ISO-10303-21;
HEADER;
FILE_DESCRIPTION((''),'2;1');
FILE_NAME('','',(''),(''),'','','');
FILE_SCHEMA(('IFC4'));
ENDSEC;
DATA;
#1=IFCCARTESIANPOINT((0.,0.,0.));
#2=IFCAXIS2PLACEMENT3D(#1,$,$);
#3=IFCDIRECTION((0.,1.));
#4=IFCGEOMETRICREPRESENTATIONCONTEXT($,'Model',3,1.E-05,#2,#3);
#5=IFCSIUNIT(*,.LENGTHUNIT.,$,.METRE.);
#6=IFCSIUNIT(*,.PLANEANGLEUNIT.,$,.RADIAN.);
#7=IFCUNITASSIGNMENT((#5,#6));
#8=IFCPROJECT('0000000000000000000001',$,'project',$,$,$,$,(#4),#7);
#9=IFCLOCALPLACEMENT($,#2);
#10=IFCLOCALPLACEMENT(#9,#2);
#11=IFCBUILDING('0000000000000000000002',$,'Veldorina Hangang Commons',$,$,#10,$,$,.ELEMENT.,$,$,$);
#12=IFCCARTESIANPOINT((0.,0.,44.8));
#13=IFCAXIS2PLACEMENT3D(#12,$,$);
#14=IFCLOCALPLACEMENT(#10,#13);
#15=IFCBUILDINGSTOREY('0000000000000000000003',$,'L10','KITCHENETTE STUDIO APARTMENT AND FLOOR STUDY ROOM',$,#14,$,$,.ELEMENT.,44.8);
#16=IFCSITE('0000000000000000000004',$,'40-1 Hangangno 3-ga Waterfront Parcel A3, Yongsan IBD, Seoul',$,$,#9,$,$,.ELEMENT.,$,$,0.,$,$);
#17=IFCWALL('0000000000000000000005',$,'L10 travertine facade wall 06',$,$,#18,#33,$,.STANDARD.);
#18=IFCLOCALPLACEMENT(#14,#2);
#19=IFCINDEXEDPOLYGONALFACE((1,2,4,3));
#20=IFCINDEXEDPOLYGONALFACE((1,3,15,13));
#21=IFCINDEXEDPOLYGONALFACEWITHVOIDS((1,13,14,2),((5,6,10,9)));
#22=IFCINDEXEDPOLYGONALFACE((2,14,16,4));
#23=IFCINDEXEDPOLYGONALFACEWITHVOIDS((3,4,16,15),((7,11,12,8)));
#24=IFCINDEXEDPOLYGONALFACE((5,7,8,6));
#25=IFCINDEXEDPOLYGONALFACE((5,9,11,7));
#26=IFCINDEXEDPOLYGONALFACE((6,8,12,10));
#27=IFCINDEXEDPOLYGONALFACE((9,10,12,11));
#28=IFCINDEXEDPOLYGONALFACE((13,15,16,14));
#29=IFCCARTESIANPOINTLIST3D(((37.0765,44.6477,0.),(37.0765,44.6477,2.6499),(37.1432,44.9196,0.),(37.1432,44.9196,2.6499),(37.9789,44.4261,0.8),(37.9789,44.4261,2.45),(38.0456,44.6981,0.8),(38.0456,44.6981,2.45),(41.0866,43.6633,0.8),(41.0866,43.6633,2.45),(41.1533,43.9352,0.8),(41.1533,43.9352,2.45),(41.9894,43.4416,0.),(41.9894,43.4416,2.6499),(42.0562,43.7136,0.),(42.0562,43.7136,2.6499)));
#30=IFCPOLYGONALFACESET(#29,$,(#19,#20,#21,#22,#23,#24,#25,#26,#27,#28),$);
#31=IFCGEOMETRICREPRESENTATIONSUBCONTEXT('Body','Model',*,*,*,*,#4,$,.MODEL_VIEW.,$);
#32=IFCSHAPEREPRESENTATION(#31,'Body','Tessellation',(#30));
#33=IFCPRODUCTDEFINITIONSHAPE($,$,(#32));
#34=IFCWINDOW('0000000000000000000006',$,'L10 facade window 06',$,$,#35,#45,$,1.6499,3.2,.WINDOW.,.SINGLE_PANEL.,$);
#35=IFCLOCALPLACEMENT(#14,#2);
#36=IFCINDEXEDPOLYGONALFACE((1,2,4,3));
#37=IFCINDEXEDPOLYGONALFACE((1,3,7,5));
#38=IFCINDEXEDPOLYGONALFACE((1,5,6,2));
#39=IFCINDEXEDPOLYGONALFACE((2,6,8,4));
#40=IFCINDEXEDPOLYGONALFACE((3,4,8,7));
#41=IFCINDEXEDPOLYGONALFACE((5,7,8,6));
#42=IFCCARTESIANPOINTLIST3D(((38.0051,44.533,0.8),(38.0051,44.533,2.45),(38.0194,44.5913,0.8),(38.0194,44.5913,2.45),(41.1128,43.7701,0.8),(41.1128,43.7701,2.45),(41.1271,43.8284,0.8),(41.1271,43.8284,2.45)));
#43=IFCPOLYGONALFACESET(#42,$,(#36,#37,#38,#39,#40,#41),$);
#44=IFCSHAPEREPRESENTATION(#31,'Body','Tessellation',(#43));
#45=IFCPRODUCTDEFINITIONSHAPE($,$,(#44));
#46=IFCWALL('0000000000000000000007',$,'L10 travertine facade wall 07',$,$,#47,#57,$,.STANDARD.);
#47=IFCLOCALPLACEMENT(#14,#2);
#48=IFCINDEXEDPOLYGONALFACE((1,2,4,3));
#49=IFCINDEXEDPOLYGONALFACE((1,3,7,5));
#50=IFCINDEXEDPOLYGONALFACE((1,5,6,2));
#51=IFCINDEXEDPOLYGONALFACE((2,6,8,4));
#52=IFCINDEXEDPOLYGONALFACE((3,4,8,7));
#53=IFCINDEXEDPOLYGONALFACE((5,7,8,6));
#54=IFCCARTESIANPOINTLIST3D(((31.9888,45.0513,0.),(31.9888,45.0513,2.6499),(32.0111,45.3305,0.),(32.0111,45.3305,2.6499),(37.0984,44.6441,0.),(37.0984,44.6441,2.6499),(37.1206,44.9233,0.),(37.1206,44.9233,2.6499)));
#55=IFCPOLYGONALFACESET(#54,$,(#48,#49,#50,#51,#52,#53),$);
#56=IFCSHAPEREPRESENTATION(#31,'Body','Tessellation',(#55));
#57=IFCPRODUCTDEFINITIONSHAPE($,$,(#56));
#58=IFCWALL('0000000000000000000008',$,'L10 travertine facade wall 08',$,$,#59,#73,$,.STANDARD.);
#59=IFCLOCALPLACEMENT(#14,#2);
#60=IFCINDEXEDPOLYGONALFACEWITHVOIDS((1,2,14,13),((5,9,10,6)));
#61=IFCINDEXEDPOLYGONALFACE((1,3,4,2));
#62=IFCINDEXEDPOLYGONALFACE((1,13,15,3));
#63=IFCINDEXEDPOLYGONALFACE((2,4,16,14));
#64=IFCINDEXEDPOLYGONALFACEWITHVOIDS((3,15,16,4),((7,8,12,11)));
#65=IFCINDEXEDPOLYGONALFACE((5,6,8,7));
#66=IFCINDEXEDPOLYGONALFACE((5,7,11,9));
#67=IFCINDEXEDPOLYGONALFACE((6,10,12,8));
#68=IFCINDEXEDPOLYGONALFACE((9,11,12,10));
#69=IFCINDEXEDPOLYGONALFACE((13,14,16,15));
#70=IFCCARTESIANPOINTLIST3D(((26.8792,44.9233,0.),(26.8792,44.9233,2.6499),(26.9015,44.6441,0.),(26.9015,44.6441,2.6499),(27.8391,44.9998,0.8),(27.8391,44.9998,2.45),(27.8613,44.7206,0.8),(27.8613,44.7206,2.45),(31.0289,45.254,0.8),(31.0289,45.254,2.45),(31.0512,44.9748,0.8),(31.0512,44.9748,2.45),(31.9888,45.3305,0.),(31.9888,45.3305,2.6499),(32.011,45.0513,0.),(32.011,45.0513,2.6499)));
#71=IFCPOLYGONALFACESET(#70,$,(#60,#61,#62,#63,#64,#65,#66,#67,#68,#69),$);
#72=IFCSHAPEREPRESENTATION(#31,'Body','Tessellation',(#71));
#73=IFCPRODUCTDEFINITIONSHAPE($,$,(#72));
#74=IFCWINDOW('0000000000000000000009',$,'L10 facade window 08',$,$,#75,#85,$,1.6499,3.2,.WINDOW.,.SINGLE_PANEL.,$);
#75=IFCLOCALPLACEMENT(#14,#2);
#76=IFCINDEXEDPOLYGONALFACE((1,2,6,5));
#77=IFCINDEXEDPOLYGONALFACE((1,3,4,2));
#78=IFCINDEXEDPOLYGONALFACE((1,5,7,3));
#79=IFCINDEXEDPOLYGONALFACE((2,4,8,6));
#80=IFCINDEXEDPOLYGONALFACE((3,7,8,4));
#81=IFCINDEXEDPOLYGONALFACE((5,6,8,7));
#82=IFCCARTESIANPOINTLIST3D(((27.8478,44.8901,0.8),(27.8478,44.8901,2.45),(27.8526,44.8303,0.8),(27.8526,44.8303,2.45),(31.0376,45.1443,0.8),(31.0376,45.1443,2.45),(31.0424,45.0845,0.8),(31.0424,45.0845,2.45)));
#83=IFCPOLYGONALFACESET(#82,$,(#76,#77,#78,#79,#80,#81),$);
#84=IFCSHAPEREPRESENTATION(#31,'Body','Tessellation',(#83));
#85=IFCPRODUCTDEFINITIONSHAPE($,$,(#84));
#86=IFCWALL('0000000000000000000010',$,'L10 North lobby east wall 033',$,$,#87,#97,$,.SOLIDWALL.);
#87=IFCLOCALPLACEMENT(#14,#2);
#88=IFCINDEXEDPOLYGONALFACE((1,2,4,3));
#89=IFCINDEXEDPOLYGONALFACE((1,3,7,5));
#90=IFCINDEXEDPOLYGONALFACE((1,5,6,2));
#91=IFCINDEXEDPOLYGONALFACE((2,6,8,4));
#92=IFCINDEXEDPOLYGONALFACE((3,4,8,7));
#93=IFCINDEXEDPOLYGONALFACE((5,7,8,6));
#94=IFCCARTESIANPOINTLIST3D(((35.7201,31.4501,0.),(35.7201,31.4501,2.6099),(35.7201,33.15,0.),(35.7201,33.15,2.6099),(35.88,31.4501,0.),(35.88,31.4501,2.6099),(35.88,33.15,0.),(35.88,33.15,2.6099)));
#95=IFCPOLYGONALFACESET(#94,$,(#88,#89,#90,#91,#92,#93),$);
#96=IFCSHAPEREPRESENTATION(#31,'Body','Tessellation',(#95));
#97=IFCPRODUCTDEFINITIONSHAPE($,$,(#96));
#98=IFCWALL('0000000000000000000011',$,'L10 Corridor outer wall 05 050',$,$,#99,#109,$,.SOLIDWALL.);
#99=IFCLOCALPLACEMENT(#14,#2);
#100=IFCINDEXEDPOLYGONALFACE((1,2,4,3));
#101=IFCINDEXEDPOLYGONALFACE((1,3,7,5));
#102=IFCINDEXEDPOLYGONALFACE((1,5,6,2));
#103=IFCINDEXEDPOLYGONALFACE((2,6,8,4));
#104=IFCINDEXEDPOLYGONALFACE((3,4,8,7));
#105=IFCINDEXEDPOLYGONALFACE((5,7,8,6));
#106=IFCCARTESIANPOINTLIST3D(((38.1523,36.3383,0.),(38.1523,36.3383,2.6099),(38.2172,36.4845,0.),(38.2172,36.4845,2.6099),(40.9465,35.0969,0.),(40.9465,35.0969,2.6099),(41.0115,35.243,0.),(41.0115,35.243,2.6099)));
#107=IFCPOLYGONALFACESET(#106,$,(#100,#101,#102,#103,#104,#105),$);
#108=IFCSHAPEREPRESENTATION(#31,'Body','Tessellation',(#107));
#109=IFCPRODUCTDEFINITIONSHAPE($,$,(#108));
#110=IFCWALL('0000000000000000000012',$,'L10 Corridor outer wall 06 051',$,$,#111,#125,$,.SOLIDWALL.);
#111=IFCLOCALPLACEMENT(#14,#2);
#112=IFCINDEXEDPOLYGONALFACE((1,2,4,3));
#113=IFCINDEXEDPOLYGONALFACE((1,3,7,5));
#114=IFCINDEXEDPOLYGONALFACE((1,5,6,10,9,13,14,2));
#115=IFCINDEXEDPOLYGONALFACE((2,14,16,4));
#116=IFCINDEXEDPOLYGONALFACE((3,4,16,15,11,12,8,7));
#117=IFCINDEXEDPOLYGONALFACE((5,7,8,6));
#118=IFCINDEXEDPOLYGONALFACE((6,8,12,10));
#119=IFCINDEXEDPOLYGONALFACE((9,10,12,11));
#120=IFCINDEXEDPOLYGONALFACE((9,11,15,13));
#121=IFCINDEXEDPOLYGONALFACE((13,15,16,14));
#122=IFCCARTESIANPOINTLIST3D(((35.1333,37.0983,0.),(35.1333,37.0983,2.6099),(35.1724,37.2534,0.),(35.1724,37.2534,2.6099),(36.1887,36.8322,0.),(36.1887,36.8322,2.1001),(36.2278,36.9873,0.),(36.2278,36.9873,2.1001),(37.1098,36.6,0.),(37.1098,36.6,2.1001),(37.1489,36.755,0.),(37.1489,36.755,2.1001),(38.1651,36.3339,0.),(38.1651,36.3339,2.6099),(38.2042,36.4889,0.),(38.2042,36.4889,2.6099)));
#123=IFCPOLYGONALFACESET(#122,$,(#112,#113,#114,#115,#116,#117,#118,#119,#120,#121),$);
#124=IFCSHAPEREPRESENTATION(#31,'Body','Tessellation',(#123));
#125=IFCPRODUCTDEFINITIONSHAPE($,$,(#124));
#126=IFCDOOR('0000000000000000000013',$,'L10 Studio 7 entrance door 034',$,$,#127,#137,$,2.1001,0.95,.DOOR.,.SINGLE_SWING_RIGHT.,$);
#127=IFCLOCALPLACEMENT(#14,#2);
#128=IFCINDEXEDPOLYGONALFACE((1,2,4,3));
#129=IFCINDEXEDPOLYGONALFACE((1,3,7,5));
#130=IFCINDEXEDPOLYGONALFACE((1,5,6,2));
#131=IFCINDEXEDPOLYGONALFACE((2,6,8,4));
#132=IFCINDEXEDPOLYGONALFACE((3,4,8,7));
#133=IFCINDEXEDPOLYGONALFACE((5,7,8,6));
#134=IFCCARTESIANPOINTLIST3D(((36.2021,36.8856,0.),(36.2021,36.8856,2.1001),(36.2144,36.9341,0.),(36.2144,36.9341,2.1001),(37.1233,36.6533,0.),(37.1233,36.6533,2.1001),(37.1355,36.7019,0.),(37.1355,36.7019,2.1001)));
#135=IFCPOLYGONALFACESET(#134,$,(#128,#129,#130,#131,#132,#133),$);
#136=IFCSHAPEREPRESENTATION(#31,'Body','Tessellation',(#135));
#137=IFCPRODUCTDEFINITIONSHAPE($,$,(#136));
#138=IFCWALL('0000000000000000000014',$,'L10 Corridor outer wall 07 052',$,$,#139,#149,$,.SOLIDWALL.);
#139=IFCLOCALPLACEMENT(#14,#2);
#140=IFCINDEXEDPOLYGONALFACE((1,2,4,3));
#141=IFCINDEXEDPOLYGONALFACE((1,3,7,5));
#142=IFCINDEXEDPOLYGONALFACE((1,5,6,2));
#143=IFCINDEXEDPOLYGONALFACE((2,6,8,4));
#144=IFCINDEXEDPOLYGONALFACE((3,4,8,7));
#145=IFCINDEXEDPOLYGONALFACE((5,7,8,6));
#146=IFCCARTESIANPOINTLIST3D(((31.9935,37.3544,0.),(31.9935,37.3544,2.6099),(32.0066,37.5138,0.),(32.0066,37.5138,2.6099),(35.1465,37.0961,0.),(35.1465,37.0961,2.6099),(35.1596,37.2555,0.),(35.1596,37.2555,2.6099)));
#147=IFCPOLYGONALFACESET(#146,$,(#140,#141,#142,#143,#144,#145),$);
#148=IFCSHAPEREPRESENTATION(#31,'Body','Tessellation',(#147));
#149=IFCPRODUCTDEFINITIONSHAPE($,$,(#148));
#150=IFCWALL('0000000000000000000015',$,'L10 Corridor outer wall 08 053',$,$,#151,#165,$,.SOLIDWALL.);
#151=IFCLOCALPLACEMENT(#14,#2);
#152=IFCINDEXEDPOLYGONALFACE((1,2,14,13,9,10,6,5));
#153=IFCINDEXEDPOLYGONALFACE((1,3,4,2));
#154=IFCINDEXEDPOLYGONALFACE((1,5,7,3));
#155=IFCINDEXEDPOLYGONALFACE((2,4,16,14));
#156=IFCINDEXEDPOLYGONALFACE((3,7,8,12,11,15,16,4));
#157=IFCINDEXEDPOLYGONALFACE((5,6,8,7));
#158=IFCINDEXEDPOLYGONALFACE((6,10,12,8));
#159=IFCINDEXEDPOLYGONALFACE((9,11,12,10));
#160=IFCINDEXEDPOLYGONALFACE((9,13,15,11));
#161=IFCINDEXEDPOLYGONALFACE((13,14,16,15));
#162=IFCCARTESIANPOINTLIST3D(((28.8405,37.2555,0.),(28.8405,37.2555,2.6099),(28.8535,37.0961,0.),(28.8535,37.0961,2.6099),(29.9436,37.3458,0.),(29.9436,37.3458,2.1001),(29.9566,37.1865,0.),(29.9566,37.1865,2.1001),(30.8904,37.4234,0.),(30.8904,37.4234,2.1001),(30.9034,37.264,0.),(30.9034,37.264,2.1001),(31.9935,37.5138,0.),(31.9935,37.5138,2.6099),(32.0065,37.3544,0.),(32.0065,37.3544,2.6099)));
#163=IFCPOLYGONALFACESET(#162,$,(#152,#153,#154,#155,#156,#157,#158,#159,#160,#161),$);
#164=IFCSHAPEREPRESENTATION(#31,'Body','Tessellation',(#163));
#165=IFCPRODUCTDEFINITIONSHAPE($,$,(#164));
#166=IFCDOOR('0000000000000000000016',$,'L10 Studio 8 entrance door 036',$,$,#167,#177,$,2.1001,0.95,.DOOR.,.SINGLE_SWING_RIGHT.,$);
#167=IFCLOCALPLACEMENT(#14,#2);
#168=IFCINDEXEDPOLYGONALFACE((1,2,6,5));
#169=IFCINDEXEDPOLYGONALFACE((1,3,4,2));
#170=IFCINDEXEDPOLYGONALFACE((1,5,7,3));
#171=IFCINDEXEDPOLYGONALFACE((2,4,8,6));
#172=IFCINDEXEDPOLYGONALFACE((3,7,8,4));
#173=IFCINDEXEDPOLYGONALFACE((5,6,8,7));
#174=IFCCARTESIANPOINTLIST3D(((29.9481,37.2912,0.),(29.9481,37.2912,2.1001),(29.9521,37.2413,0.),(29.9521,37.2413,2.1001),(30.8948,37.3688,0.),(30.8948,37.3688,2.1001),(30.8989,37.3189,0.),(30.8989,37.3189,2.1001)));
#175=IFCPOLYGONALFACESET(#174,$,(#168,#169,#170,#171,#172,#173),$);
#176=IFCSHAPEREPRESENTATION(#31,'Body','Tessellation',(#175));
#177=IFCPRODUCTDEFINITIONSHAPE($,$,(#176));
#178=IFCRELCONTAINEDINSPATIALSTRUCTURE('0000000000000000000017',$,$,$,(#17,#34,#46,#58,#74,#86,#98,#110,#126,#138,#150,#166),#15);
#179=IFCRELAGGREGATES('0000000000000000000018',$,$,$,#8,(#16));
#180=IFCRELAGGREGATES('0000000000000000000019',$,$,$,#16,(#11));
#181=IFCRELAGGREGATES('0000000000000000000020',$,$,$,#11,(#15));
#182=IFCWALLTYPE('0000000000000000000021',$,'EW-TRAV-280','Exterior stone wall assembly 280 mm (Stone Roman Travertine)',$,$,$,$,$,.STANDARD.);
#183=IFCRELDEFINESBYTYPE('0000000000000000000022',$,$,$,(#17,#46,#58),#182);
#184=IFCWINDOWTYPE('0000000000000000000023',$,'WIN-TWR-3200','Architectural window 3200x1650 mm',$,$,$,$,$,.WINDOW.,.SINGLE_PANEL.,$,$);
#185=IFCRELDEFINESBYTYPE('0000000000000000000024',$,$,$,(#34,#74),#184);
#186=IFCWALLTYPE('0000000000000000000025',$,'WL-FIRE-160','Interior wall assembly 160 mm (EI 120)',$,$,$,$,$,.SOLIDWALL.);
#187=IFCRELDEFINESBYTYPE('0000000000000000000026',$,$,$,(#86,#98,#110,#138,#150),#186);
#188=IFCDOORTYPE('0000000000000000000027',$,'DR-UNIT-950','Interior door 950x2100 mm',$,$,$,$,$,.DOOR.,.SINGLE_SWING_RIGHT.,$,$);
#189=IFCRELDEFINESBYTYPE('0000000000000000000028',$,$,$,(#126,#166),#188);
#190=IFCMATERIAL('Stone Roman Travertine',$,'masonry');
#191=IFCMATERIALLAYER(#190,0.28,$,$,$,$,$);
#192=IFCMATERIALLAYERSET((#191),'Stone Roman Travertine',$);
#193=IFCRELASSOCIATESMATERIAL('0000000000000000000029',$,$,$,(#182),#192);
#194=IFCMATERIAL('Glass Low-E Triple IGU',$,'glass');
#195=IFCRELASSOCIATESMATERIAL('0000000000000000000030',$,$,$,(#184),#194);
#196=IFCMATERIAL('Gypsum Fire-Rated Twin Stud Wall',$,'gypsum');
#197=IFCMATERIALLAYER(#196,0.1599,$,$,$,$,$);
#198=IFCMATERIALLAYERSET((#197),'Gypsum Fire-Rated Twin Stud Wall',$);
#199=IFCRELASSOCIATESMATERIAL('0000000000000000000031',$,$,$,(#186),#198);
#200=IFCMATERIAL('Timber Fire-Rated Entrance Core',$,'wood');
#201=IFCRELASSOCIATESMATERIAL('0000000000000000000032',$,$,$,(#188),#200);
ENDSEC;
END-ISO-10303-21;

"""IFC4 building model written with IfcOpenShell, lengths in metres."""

from ifc_helpers import new_model, si_unit, direction, frame, frame_2d, origin, place, context, subcontext, project, spatial, rectangle, extrude, material, layer, layer_set, type_object, element, fill, save


model = new_model("IFC4")

# Units and contexts
model_context = context("Model", 3, precision=1e-05, world=origin(), true_north=direction((0.0, 1.0)))
body_context = subcontext(model_context, "Body", "Model", "MODEL_VIEW")
ifc_project = project(units=[si_unit("LENGTHUNIT", "METRE"), si_unit("PLANEANGLEUNIT", "RADIAN")], contexts=[model_context])

# Site, building, storey
site_placement = place(None, origin())
site = spatial("IfcSite", under=ifc_project, at=site_placement, Name="40-1 Hangangno 3-ga Waterfront Parcel A3, Yongsan IBD, Seoul", CompositionType="ELEMENT", RefElevation=0.0)
building_placement = place(site_placement, origin())
building = spatial("IfcBuilding", under=site, at=building_placement, Name="Veldorina Hangang Commons", CompositionType="ELEMENT")
storey_placement = place(building_placement, frame((0.0, 0.0, 44.8)))
storey = spatial("IfcBuildingStorey", under=building, at=storey_placement, Name="L10", Description="KITCHENETTE STUDIO APARTMENT AND FLOOR STUDY ROOM", CompositionType="ELEMENT", Elevation=44.8)

# Wall, opening, window
ifc_material_1 = material(Name="Stone Roman Travertine", Category="masonry")
ifc_layer_1 = layer(ifc_material_1, 0.28)
ifc_layer_set_1 = layer_set([ifc_layer_1], Name="Stone Roman Travertine")
wall_type_1 = type_object("IfcWallType", Name="EW-TRAV-280", Description="Exterior stone wall assembly 280 mm (Stone Roman Travertine)", PredefinedType="STANDARD", material=ifc_layer_set_1)
wall_1_placement = place(storey_placement, frame((42.0227, 43.5776, 0.0), z_axis=(0.0, 0.0, 1.0), x_axis=(-0.971167, 0.2384, 0.0)))
wall_1 = element("IfcWall", 1, at=wall_1_placement, inside=storey, type_object=wall_type_1, Name="L10 travertine facade wall 06", PredefinedType="STANDARD", context=body_context, shape_type="SweptSolid", body=[
    extrude(rectangle(XDim=5.0588, YDim=0.28, at=frame_2d((2.5293, 0.0))), origin(), (0.0, 0.0, 1.0), 2.6499),
])
opening_1_placement = place(wall_1_placement, frame((0.9294, 0.0, 0.8)))
opening_1 = element("IfcOpeningElement", 2, at=opening_1_placement, cuts=wall_1, PredefinedType="OPENING", context=body_context, shape_type="SweptSolid", body=[
    extrude(rectangle(XDim=3.2, YDim=1.6499, at=frame_2d((1.6001, 0.825))), frame((0.0, 0.1499, 0.0), z_axis=(0.0, -1.0, 0.0), x_axis=(1.0, 0.0, 0.0)), (0.0, 0.0, 1.0), 0.3),
])
ifc_material_2 = material(Name="Glass Low-E Triple IGU", Category="glass")
window_type = type_object("IfcWindowType", Name="WIN-TWR-3200", Description="Architectural window 3200x1650 mm", PartitioningType="SINGLE_PANEL", PredefinedType="WINDOW", material=ifc_material_2)
window_1_placement = place(opening_1_placement, origin())
window_1 = element("IfcWindow", 3, at=window_1_placement, inside=storey, type_object=window_type, Name="L10 facade window 06", OverallHeight=1.6499, OverallWidth=3.2, PartitioningType="SINGLE_PANEL", PredefinedType="WINDOW", context=body_context, shape_type="SweptSolid", body=[
    extrude(rectangle(XDim=3.2, YDim=1.6499, at=frame_2d((1.6001, 0.825))), frame((0.0, 0.03, 0.0), z_axis=(0.0, -1.0, 0.0), x_axis=(1.0, 0.0, 0.0)), (0.0, 0.0, 1.0), 0.0601),
])
fill(opening_1, window_1)

# Wall
wall_2_placement = place(storey_placement, frame((37.1096, 44.7837, 0.0), z_axis=(0.0, 0.0, 1.0), x_axis=(-0.996839, 0.079446, 0.0)))
element("IfcWall", 4, at=wall_2_placement, inside=storey, type_object=wall_type_1, Name="L10 travertine facade wall 07", PredefinedType="STANDARD", context=body_context, shape_type="SweptSolid", body=[
    extrude(rectangle(XDim=5.1257, YDim=0.28, at=frame_2d((2.563, 0.0))), origin(), (0.0, 0.0, 1.0), 2.6499),
])

# Wall, opening, window
wall_3_placement = place(storey_placement, frame((32.0, 45.1909, 0.0), z_axis=(0.0, 0.0, 1.0), x_axis=(-0.996839, -0.079446, 0.0)))
wall_3 = element("IfcWall", 5, at=wall_3_placement, inside=storey, type_object=wall_type_1, Name="L10 travertine facade wall 08", PredefinedType="STANDARD", context=body_context, shape_type="SweptSolid", body=[
    extrude(rectangle(XDim=5.1257, YDim=0.28, at=frame_2d((2.563, 0.0))), origin(), (0.0, 0.0, 1.0), 2.6499),
])
opening_2_placement = place(wall_3_placement, frame((0.9629, 0.0, 0.8)))
opening_2 = element("IfcOpeningElement", 6, at=opening_2_placement, cuts=wall_3, PredefinedType="OPENING", context=body_context, shape_type="SweptSolid", body=[
    extrude(rectangle(XDim=3.2, YDim=1.6499, at=frame_2d((1.6001, 0.825))), frame((0.0, 0.1499, 0.0), z_axis=(0.0, -1.0, 0.0), x_axis=(1.0, 0.0, 0.0)), (0.0, 0.0, 1.0), 0.3),
])
window_2_placement = place(opening_2_placement, origin())
window_2 = element("IfcWindow", 7, at=window_2_placement, inside=storey, type_object=window_type, Name="L10 facade window 08", OverallHeight=1.6499, OverallWidth=3.2, PartitioningType="SINGLE_PANEL", PredefinedType="WINDOW", context=body_context, shape_type="SweptSolid", body=[
    extrude(rectangle(XDim=3.2, YDim=1.6499, at=frame_2d((1.6001, 0.825))), frame((0.0, 0.03, 0.0), z_axis=(0.0, -1.0, 0.0), x_axis=(1.0, 0.0, 0.0)), (0.0, 0.0, 1.0), 0.0601),
])
fill(opening_2, window_2)

# Walls
ifc_material_3 = material(Name="Gypsum Fire-Rated Twin Stud Wall", Category="gypsum")
ifc_layer_2 = layer(ifc_material_3, 0.1599)
ifc_layer_set_2 = layer_set([ifc_layer_2], Name="Gypsum Fire-Rated Twin Stud Wall")
wall_type_2 = type_object("IfcWallType", Name="WL-FIRE-160", Description="Interior wall assembly 160 mm (EI 120)", PredefinedType="SOLIDWALL", material=ifc_layer_set_2)
wall_4_placement = place(storey_placement, frame((35.8, 31.45, 0.0), z_axis=(0.0, 0.0, 1.0), x_axis=(0.0, 1.0, 0.0)))
element("IfcWall", 8, at=wall_4_placement, inside=storey, type_object=wall_type_2, Name="L10 North lobby east wall 033", PredefinedType="SOLIDWALL", context=body_context, shape_type="SweptSolid", body=[
    extrude(rectangle(XDim=1.7, YDim=0.1599, at=frame_2d((0.8501, 0.0))), origin(), (0.0, 0.0, 1.0), 2.6099),
])
wall_5_placement = place(storey_placement, frame((40.979, 35.1699, 0.0), z_axis=(0.0, 0.0, 1.0), x_axis=(-0.913861, 0.406027, 0.0)))
element("IfcWall", 9, at=wall_5_placement, inside=storey, type_object=wall_type_2, Name="L10 Corridor outer wall 05 050", PredefinedType="SOLIDWALL", context=body_context, shape_type="SweptSolid", body=[
    extrude(rectangle(XDim=3.0576, YDim=0.1599, at=frame_2d((1.5288, 0.0))), origin(), (0.0, 0.0, 1.0), 2.6099),
])

# Wall, opening, door
wall_6_placement = place(storey_placement, frame((38.1848, 36.4114, 0.0), z_axis=(0.0, 0.0, 1.0), x_axis=(-0.969654, 0.244483, 0.0)))
wall_6 = element("IfcWall", 10, at=wall_6_placement, inside=storey, type_object=wall_type_2, Name="L10 Corridor outer wall 06 051", PredefinedType="SOLIDWALL", context=body_context, shape_type="SweptSolid", body=[
    extrude(rectangle(XDim=3.1267, YDim=0.1599, at=frame_2d((1.5635, 0.0))), origin(), (0.0, 0.0, 1.0), 2.6099),
])
opening_3_placement = place(wall_6_placement, frame((1.0884, 0.0, 0.0)))
opening_3 = element("IfcOpeningElement", 11, at=opening_3_placement, cuts=wall_6, PredefinedType="OPENING", context=body_context, shape_type="SweptSolid", body=[
    extrude(rectangle(XDim=0.95, YDim=2.1001, at=frame_2d((0.4751, 1.05))), frame((0.0, 0.0898, 0.0), z_axis=(0.0, -1.0, 0.0), x_axis=(1.0, 0.0, 0.0)), (0.0, 0.0, 1.0), 0.1799),
])
ifc_material_4 = material(Name="Timber Fire-Rated Entrance Core", Category="wood")
door_type_1 = type_object("IfcDoorType", Name="DR-UNIT-950", Description="Interior door 950x2100 mm", OperationType="SINGLE_SWING_RIGHT", PredefinedType="DOOR", material=ifc_material_4)
door_1_placement = place(opening_3_placement, origin())
door_1 = element("IfcDoor", 12, at=door_1_placement, inside=storey, type_object=door_type_1, Name="L10 Studio 7 entrance door 034", OperationType="SINGLE_SWING_RIGHT", OverallHeight=2.1001, OverallWidth=0.95, PredefinedType="DOOR", context=body_context, shape_type="SweptSolid", body=[
    extrude(rectangle(XDim=0.95, YDim=2.1001, at=frame_2d((0.4751, 1.05))), frame((0.0, 0.0249, 0.0), z_axis=(0.0, -1.0, 0.0), x_axis=(1.0, 0.0, 0.0)), (0.0, 0.0, 1.0), 0.05),
])
fill(opening_3, door_1)

# Wall
wall_7_placement = place(storey_placement, frame((35.1531, 37.1758, 0.0), z_axis=(0.0, 0.0, 1.0), x_axis=(-0.996661, 0.081647, 0.0)))
element("IfcWall", 13, at=wall_7_placement, inside=storey, type_object=wall_type_2, Name="L10 Corridor outer wall 07 052", PredefinedType="SOLIDWALL", context=body_context, shape_type="SweptSolid", body=[
    extrude(rectangle(XDim=3.1636, YDim=0.1599, at=frame_2d((1.5818, 0.0))), origin(), (0.0, 0.0, 1.0), 2.6099),
])

# Wall, opening, door
wall_8_placement = place(storey_placement, frame((32.0, 37.4341, 0.0), z_axis=(0.0, 0.0, 1.0), x_axis=(-0.996661, -0.081647, 0.0)))
wall_8 = element("IfcWall", 14, at=wall_8_placement, inside=storey, type_object=wall_type_2, Name="L10 Corridor outer wall 08 053", PredefinedType="SOLIDWALL", context=body_context, shape_type="SweptSolid", body=[
    extrude(rectangle(XDim=3.1636, YDim=0.1599, at=frame_2d((1.5818, 0.0))), origin(), (0.0, 0.0, 1.0), 2.6099),
])
opening_4_placement = place(wall_8_placement, frame((1.1067, 0.0, 0.0)))
opening_4 = element("IfcOpeningElement", 15, at=opening_4_placement, cuts=wall_8, PredefinedType="OPENING", context=body_context, shape_type="SweptSolid", body=[
    extrude(rectangle(XDim=0.95, YDim=2.1001, at=frame_2d((0.4751, 1.05))), frame((0.0, 0.0898, 0.0), z_axis=(0.0, -1.0, 0.0), x_axis=(1.0, 0.0, 0.0)), (0.0, 0.0, 1.0), 0.1799),
])
door_2_placement = place(opening_4_placement, origin())
door_2 = element("IfcDoor", 16, at=door_2_placement, inside=storey, type_object=door_type_1, Name="L10 Studio 8 entrance door 036", OperationType="SINGLE_SWING_RIGHT", OverallHeight=2.1001, OverallWidth=0.95, PredefinedType="DOOR", context=body_context, shape_type="SweptSolid", body=[
    extrude(rectangle(XDim=0.95, YDim=2.1001, at=frame_2d((0.4751, 1.05))), frame((0.0, 0.0249, 0.0), z_axis=(0.0, -1.0, 0.0), x_axis=(1.0, 0.0, 0.0)), (0.0, 0.0, 1.0), 0.05),
])
fill(opening_4, door_2)

save(model, "model.ifc")
